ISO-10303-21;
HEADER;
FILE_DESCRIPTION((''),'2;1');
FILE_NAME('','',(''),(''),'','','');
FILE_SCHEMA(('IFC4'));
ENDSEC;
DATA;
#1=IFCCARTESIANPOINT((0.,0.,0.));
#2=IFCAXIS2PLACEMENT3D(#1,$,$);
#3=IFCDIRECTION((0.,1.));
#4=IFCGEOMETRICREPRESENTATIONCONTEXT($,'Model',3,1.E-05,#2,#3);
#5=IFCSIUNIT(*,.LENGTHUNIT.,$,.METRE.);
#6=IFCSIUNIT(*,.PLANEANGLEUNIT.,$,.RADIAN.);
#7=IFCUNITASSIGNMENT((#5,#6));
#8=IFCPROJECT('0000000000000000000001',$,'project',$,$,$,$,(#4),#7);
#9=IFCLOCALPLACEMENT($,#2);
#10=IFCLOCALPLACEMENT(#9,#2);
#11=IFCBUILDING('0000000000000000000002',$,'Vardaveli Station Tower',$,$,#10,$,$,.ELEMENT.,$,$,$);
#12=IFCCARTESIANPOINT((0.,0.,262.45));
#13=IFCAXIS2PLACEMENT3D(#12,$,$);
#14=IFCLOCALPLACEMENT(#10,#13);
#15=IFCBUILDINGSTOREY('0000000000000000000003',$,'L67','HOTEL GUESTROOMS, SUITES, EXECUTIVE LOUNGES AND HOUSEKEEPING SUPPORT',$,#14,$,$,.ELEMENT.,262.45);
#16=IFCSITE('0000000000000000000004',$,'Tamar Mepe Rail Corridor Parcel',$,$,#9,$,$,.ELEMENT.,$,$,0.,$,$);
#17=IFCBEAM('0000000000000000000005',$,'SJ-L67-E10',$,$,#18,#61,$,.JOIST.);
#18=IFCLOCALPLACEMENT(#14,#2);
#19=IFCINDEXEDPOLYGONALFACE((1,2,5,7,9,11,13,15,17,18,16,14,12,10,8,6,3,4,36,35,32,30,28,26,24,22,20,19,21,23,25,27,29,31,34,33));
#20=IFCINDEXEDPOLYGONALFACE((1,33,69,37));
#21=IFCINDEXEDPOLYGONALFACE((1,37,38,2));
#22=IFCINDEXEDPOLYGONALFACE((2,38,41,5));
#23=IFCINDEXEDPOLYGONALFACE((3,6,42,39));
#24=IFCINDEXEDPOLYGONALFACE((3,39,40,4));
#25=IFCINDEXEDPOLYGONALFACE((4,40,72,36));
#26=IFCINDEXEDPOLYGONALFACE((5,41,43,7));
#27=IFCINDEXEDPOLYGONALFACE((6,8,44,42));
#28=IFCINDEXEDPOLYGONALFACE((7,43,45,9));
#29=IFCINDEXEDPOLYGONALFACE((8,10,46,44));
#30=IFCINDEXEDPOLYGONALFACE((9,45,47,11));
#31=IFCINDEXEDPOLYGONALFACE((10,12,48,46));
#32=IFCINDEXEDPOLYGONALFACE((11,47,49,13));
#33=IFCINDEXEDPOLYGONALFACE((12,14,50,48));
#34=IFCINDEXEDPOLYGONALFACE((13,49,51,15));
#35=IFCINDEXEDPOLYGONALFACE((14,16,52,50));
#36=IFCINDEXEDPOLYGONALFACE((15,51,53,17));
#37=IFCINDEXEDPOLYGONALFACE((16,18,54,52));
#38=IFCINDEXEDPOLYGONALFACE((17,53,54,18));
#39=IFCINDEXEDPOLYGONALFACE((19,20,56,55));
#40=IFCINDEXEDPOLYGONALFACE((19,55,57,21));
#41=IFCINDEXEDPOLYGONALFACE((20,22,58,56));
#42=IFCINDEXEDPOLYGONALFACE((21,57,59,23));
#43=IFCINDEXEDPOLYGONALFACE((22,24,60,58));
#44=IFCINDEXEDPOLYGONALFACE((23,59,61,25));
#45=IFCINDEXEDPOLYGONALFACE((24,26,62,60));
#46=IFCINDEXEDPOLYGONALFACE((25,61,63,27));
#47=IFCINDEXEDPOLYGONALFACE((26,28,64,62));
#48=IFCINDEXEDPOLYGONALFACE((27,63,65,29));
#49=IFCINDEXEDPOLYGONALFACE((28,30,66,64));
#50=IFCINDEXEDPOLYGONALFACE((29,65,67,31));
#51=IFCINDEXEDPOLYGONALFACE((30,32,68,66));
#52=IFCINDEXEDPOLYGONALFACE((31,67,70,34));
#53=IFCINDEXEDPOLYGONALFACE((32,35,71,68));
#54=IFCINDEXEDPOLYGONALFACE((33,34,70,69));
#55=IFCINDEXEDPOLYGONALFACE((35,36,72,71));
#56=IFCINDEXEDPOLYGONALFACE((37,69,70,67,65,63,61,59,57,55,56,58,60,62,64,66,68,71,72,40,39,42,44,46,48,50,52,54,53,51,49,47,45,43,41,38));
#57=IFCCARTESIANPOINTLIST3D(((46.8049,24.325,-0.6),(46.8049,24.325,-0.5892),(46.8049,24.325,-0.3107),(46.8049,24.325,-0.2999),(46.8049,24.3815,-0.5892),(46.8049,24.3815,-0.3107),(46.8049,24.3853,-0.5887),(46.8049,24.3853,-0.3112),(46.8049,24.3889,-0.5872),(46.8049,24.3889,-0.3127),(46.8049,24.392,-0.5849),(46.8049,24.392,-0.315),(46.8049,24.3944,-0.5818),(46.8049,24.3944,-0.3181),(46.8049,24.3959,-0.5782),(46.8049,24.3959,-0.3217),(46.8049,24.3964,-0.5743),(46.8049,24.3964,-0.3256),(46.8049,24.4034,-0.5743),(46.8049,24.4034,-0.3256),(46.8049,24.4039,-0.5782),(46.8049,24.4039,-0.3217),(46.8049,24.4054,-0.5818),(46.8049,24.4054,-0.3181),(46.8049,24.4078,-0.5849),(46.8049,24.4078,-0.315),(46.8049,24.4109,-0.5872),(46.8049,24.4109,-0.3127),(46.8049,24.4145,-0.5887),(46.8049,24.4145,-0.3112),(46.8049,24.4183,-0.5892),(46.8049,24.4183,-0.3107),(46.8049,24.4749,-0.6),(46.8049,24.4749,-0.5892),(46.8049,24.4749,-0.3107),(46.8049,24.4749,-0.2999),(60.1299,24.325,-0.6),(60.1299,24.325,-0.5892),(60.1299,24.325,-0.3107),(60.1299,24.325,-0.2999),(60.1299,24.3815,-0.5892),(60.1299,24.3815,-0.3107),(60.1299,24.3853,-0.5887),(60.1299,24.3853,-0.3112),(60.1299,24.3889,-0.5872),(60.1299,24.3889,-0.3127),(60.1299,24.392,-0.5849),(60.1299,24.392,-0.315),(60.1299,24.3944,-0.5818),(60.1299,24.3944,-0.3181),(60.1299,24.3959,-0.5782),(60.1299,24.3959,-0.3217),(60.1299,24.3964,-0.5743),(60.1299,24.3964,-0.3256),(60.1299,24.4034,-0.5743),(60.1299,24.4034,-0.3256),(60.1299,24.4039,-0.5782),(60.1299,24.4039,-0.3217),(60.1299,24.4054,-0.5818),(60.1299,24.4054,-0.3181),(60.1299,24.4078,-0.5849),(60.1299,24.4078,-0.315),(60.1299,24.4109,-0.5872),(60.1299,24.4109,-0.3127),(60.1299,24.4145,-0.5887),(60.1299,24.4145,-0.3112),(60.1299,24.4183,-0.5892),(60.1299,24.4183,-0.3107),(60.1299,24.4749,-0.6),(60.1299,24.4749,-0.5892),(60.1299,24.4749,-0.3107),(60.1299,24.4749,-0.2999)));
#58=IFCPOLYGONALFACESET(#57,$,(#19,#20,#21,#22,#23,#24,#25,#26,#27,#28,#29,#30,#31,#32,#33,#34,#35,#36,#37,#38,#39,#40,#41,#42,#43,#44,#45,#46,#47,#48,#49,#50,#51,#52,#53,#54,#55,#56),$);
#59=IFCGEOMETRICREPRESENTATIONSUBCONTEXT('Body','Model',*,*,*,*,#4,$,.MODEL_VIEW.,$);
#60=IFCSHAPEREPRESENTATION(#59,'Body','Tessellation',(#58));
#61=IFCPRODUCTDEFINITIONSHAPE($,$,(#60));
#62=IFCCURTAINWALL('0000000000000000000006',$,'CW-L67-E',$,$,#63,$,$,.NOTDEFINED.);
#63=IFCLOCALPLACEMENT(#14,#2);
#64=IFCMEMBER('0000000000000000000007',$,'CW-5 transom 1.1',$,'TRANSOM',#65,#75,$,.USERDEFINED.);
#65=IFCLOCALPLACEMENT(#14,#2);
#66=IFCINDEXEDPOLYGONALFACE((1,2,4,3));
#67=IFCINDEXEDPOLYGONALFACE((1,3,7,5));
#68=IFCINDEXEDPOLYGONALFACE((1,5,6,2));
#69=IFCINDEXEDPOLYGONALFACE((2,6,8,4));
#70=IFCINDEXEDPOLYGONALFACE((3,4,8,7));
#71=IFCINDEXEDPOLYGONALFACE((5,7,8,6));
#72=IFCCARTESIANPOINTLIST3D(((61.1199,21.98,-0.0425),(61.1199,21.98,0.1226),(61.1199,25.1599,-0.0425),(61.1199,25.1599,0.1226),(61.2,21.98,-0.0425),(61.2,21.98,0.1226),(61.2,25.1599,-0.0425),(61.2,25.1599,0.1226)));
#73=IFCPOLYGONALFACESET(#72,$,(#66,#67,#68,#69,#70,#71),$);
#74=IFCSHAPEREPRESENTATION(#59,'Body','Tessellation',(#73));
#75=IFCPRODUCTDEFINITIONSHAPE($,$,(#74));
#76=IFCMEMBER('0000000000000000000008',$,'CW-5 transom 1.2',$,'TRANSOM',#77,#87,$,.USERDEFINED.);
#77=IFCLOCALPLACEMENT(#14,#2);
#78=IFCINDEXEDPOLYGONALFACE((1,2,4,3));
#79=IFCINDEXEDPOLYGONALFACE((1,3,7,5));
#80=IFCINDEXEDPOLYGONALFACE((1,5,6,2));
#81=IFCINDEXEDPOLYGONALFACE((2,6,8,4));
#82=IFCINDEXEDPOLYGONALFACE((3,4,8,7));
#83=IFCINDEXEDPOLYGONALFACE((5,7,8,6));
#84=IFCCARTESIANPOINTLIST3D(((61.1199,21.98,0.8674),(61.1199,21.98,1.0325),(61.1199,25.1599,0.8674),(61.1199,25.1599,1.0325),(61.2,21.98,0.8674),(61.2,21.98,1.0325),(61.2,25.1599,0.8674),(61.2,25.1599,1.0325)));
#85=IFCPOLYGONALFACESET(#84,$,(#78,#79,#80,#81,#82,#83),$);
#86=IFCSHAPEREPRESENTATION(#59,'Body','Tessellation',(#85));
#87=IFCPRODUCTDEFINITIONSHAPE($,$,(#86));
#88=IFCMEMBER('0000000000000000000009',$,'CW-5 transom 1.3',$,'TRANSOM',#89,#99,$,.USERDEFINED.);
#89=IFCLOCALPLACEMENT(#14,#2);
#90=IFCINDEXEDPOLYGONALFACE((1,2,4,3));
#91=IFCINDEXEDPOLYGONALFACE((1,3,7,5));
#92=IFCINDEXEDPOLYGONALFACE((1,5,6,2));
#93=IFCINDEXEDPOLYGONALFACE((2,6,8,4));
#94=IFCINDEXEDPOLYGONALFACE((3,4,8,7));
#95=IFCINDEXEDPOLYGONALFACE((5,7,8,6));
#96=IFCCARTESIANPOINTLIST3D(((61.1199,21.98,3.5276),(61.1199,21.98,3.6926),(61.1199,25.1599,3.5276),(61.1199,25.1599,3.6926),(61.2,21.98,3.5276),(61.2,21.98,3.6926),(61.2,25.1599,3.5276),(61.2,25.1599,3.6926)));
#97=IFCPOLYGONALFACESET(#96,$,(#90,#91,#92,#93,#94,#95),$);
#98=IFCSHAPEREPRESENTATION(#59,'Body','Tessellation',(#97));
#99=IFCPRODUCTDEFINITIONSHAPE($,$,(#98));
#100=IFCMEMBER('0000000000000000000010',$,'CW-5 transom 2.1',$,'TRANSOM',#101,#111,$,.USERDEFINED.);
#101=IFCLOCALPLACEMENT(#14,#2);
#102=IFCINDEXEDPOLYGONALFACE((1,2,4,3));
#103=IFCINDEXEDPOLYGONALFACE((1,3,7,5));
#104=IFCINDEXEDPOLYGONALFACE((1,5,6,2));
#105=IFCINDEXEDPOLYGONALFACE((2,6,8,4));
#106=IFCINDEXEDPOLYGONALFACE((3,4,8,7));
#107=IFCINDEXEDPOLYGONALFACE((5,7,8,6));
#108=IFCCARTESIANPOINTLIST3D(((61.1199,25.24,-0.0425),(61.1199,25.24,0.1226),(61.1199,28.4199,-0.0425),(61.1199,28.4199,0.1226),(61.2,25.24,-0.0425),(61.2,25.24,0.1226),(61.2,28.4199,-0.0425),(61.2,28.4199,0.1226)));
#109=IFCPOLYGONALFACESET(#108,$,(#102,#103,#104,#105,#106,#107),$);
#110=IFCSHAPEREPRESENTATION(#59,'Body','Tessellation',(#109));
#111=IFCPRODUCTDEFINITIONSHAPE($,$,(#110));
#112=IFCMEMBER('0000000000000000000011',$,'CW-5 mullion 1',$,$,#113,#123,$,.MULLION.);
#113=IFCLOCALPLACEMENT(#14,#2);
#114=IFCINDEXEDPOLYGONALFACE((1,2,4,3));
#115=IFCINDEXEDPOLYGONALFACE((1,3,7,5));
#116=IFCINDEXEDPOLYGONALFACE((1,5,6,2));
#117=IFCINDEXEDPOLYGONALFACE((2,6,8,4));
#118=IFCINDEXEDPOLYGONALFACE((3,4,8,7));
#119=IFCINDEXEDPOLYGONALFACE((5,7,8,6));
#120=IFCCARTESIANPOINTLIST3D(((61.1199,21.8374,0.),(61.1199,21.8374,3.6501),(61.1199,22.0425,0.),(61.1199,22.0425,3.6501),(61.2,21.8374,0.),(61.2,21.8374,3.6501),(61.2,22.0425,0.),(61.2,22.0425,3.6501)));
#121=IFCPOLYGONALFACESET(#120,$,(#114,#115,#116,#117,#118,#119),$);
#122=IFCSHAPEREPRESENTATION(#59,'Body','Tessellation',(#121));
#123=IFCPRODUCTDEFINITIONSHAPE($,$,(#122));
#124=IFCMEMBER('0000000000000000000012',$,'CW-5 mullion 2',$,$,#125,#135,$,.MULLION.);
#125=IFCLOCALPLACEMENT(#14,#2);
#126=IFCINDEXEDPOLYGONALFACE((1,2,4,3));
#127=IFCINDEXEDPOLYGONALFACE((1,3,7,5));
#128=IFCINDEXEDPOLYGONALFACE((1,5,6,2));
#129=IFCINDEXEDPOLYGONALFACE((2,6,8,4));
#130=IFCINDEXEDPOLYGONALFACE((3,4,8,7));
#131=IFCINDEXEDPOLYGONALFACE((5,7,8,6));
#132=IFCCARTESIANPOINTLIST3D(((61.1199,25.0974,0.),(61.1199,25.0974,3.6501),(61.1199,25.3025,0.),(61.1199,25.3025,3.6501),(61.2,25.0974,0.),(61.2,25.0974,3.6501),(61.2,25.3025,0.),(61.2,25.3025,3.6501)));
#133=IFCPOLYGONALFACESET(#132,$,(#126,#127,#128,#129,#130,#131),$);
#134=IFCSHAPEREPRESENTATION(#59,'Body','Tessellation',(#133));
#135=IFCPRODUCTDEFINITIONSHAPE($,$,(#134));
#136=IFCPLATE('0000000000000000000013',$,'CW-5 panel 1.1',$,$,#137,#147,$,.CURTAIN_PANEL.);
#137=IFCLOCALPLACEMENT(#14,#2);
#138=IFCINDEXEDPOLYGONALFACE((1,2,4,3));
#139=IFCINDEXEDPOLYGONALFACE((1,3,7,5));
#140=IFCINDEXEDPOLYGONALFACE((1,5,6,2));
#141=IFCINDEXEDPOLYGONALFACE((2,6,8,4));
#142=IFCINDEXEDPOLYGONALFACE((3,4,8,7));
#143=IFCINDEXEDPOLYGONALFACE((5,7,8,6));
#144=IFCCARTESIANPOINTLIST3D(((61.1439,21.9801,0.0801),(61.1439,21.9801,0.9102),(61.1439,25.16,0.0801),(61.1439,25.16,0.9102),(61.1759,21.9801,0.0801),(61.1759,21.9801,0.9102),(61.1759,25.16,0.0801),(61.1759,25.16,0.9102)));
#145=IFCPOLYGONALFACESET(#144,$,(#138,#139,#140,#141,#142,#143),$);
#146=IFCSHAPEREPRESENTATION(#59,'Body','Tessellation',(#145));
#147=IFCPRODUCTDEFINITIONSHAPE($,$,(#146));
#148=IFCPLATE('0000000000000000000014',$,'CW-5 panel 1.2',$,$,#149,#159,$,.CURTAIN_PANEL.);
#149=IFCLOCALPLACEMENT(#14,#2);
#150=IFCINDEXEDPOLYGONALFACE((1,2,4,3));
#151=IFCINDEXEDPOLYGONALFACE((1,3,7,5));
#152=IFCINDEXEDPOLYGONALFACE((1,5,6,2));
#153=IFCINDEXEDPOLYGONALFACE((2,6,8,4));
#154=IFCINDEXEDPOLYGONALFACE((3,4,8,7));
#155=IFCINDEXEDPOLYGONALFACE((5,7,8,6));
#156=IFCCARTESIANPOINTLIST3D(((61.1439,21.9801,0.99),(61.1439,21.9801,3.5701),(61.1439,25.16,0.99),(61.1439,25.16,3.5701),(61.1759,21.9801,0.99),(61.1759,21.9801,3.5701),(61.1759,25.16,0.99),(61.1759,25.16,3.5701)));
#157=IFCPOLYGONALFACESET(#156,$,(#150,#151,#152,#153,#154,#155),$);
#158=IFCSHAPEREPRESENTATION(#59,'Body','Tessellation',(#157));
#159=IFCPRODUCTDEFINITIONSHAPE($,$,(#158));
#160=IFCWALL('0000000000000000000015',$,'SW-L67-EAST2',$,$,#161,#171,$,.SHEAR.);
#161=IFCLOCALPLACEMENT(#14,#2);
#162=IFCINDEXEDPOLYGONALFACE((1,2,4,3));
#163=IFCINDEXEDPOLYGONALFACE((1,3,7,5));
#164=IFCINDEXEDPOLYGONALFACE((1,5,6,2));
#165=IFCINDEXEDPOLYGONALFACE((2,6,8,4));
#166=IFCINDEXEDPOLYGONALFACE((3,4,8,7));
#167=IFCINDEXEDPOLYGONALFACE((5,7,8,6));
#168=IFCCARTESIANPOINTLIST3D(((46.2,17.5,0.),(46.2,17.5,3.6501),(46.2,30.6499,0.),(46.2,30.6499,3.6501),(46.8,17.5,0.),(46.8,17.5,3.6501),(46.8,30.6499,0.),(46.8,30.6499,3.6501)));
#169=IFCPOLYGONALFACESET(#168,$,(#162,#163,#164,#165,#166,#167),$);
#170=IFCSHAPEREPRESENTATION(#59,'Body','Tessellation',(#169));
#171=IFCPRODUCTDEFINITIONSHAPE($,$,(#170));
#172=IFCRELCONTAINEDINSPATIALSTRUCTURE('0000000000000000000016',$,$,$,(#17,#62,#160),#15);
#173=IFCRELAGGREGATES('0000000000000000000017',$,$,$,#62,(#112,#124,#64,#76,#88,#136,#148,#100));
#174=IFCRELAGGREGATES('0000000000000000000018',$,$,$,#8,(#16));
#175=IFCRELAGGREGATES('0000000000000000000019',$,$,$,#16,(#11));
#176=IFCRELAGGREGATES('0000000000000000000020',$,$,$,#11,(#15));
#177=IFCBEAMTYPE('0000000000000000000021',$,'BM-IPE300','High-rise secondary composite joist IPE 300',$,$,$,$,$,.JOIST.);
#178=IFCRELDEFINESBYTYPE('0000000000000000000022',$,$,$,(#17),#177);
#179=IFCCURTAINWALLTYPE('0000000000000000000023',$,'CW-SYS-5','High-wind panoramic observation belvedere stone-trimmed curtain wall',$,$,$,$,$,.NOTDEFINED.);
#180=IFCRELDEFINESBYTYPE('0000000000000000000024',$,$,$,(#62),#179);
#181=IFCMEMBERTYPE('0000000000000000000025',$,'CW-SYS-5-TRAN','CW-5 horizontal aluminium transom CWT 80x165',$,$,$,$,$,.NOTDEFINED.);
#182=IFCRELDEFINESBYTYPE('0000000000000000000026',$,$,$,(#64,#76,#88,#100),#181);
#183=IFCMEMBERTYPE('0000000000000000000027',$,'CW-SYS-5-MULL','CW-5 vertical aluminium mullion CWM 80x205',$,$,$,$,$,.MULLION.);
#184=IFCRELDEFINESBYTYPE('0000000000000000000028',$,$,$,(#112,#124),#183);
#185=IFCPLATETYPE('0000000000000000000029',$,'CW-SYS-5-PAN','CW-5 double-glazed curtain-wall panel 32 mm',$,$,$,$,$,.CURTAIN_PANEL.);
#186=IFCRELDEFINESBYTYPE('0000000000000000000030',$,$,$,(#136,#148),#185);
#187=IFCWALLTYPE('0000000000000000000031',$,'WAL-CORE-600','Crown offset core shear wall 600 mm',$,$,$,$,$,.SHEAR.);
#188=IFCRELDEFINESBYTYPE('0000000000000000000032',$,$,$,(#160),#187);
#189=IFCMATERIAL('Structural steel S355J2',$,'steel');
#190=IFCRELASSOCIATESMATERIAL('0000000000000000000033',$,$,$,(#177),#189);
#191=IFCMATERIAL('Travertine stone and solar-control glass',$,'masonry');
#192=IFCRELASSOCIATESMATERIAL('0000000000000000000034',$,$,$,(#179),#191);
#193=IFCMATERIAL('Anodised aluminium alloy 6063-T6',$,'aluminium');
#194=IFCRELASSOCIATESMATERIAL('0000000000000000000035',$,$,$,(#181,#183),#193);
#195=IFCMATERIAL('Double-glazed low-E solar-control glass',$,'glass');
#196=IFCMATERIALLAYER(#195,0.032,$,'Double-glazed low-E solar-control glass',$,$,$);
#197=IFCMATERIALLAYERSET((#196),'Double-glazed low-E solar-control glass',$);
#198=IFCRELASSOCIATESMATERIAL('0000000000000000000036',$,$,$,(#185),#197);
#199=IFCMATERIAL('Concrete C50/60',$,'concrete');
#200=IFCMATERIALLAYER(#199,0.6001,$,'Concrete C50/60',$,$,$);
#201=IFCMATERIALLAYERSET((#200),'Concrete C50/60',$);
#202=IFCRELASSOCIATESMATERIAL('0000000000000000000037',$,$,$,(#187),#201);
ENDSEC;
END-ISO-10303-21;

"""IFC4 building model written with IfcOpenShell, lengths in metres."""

from ifc_helpers import new_model, si_unit, direction, frame, frame_2d, origin, origin_2d, place, context, subcontext, project, spatial, rectangle, i_section, extrude, source, transform, mapped, material, layer, layer_set, material_profile, profile_set, type_object, element, aggregate, save


model = new_model("IFC4")

# Units and contexts
model_context = context("Model", 3, precision=1e-05, world=origin(), true_north=direction((0.0, 1.0)))
body_context = subcontext(model_context, "Body", "Model", "MODEL_VIEW")
ifc_project = project(units=[si_unit("LENGTHUNIT", "METRE"), si_unit("PLANEANGLEUNIT", "RADIAN")], contexts=[model_context])

# Site, building, storey
site_placement = place(None, origin())
site = spatial("IfcSite", under=ifc_project, at=site_placement, Name="Tamar Mepe Rail Corridor Parcel", CompositionType="ELEMENT", RefElevation=0.0)
building_placement = place(site_placement, origin())
building = spatial("IfcBuilding", under=site, at=building_placement, Name="Vardaveli Station Tower", CompositionType="ELEMENT")
storey_placement = place(building_placement, frame((0.0, 0.0, 262.45)))
storey = spatial("IfcBuildingStorey", under=building, at=storey_placement, Name="L67", Description="HOTEL GUESTROOMS, SUITES, EXECUTIVE LOUNGES AND HOUSEKEEPING SUPPORT", CompositionType="ELEMENT", Elevation=262.45)

# Beam
ifc_material_1 = material(Name="Structural steel S355J2", Category="steel")
ifc_material_profile_1 = material_profile(ifc_material_1, i_section(OverallWidth=0.1499, OverallDepth=0.3, WebThickness=0.0071, FlangeThickness=0.0107, FilletRadius=0.0149, at=origin_2d()), Name="IPE 300")
ifc_profile_set_1 = profile_set([ifc_material_profile_1], Name="Structural steel S355J2")
beam_type_1 = type_object("IfcBeamType", Name="BM-IPE300", Description="High-rise secondary composite joist IPE 300", PredefinedType="JOIST", material=ifc_profile_set_1)
shared_shape_1 = source(origin(), body_context, "Body", "SweptSolid", [
    extrude(i_section(OverallWidth=0.1499, OverallDepth=0.3, WebThickness=0.0071, FlangeThickness=0.0107, FilletRadius=0.0149, at=origin_2d()), origin(), (0.0, 0.0, 1.0), 13.325),
])
for number, where, z_axis, x_axis, name in (
    (1, (46.8049, 24.3999, -0.45), (1.0, 0.0, 0.0), (0.0, 1.0, 0.0), "SJ-L67-E10"),
):
    element("IfcBeam", number, at=place(storey_placement, frame(where, z_axis=z_axis, x_axis=x_axis)), inside=storey, type_object=beam_type_1, Name=name, PredefinedType="JOIST", context=body_context, shape_type="MappedRepresentation", body=[
        mapped(shared_shape_1, transform((0.0, 0.0, 0.0), scale=1.0)),
    ])

# Curtain wall, members, plates
ifc_material_2 = material(Name="Travertine stone and solar-control glass", Category="masonry")
curtain_wall_type = type_object("IfcCurtainWallType", Name="CW-SYS-5", Description="High-wind panoramic observation belvedere stone-trimmed curtain wall", PredefinedType="NOTDEFINED", material=ifc_material_2)
curtain_wall_placement = place(storey_placement, origin())
curtain_wall = element("IfcCurtainWall", 2, at=curtain_wall_placement, inside=storey, type_object=curtain_wall_type, Name="CW-L67-E", PredefinedType="NOTDEFINED")
ifc_material_3 = material(Name="Anodised aluminium alloy 6063-T6", Category="aluminium")
ifc_material_profile_2 = material_profile(ifc_material_3, rectangle(XDim=0.0801, YDim=0.165, at=origin_2d()), Name="CWT 80x165")
ifc_profile_set_2 = profile_set([ifc_material_profile_2], Name="Anodised aluminium alloy 6063-T6")
member_type_1 = type_object("IfcMemberType", Name="CW-SYS-5-TRAN", Description="CW-5 horizontal aluminium transom CWT 80x165", PredefinedType="NOTDEFINED", material=ifc_profile_set_2)
shared_shape_2 = source(origin(), body_context, "Body", "SweptSolid", [
    extrude(rectangle(XDim=0.0801, YDim=0.165, at=origin_2d()), origin(), (0.0, 0.0, 1.0), 3.1799),
])
member_1_placement = place(storey_placement, frame((61.1599, 21.98, 0.04), z_axis=(0.0, 1.0, 0.0), x_axis=(-1.0, 0.0, 0.0)))
member_1 = element("IfcMember", 3, at=member_1_placement, type_object=member_type_1, Name="CW-5 transom 1.1", ObjectType="TRANSOM", PredefinedType="USERDEFINED", context=body_context, shape_type="MappedRepresentation", body=[
    mapped(shared_shape_2, transform((0.0, 0.0, 0.0), scale=1.0)),
])
member_2_placement = place(storey_placement, frame((61.1599, 21.98, 0.95), z_axis=(0.0, 1.0, 0.0), x_axis=(-1.0, 0.0, 0.0)))
member_2 = element("IfcMember", 4, at=member_2_placement, type_object=member_type_1, Name="CW-5 transom 1.2", ObjectType="TRANSOM", PredefinedType="USERDEFINED", context=body_context, shape_type="MappedRepresentation", body=[
    mapped(shared_shape_2, transform((0.0, 0.0, 0.0), scale=1.0)),
])
member_3_placement = place(storey_placement, frame((61.1599, 21.98, 3.6101), z_axis=(0.0, 1.0, 0.0), x_axis=(-1.0, 0.0, 0.0)))
member_3 = element("IfcMember", 5, at=member_3_placement, type_object=member_type_1, Name="CW-5 transom 1.3", ObjectType="TRANSOM", PredefinedType="USERDEFINED", context=body_context, shape_type="MappedRepresentation", body=[
    mapped(shared_shape_2, transform((0.0, 0.0, 0.0), scale=1.0)),
])
member_4_placement = place(storey_placement, frame((61.1599, 25.24, 0.04), z_axis=(0.0, 1.0, 0.0), x_axis=(-1.0, 0.0, 0.0)))
member_4 = element("IfcMember", 6, at=member_4_placement, type_object=member_type_1, Name="CW-5 transom 2.1", ObjectType="TRANSOM", PredefinedType="USERDEFINED", context=body_context, shape_type="MappedRepresentation", body=[
    mapped(shared_shape_2, transform((0.0, 0.0, 0.0), scale=1.0)),
])
ifc_material_profile_3 = material_profile(ifc_material_3, rectangle(XDim=0.0801, YDim=0.2051, at=origin_2d()), Name="CWM 80x205")
ifc_profile_set_3 = profile_set([ifc_material_profile_3], Name="Anodised aluminium alloy 6063-T6")
member_type_2 = type_object("IfcMemberType", Name="CW-SYS-5-MULL", Description="CW-5 vertical aluminium mullion CWM 80x205", PredefinedType="MULLION", material=ifc_profile_set_3)
shared_shape_3 = source(origin(), body_context, "Body", "SweptSolid", [
    extrude(rectangle(XDim=0.0801, YDim=0.2051, at=origin_2d()), origin(), (0.0, 0.0, 1.0), 3.6501),
])
member_5_placement = place(storey_placement, frame((61.1599, 21.9399, 0.0), z_axis=(0.0, 0.0, 1.0), x_axis=(-1.0, 0.0, 0.0)))
member_5 = element("IfcMember", 7, at=member_5_placement, type_object=member_type_2, Name="CW-5 mullion 1", PredefinedType="MULLION", context=body_context, shape_type="MappedRepresentation", body=[
    mapped(shared_shape_3, transform((0.0, 0.0, 0.0), scale=1.0)),
])
member_6_placement = place(storey_placement, frame((61.1599, 25.2, 0.0), z_axis=(0.0, 0.0, 1.0), x_axis=(-1.0, 0.0, 0.0)))
member_6 = element("IfcMember", 8, at=member_6_placement, type_object=member_type_2, Name="CW-5 mullion 2", PredefinedType="MULLION", context=body_context, shape_type="MappedRepresentation", body=[
    mapped(shared_shape_3, transform((0.0, 0.0, 0.0), scale=1.0)),
])
ifc_material_4 = material(Name="Double-glazed low-E solar-control glass", Category="glass")
ifc_layer_1 = layer(ifc_material_4, 0.032, Name="Double-glazed low-E solar-control glass")
ifc_layer_set_1 = layer_set([ifc_layer_1], Name="Double-glazed low-E solar-control glass")
plate_type = type_object("IfcPlateType", Name="CW-SYS-5-PAN", Description="CW-5 double-glazed curtain-wall panel 32 mm", PredefinedType="CURTAIN_PANEL", material=ifc_layer_set_1)
shared_shape_4 = source(origin(), body_context, "Body", "SweptSolid", [
    extrude(rectangle(XDim=3.1799, YDim=0.032, at=origin_2d()), origin(), (0.0, 0.0, 1.0), 0.8301),
])
plate_1_placement = place(storey_placement, frame((61.1599, 23.5701, 0.0801), z_axis=(0.0, 0.0, 1.0), x_axis=(0.0, 1.0, 0.0)))
plate_1 = element("IfcPlate", 9, at=plate_1_placement, type_object=plate_type, Name="CW-5 panel 1.1", PredefinedType="CURTAIN_PANEL", context=body_context, shape_type="MappedRepresentation", body=[
    mapped(shared_shape_4, transform((0.0, 0.0, 0.0), scale=1.0)),
])
shared_shape_5 = source(origin(), body_context, "Body", "SweptSolid", [
    extrude(rectangle(XDim=3.1799, YDim=0.032, at=origin_2d()), origin(), (0.0, 0.0, 1.0), 2.5801),
])
plate_2_placement = place(storey_placement, frame((61.1599, 23.5701, 0.99), z_axis=(0.0, 0.0, 1.0), x_axis=(0.0, 1.0, 0.0)))
plate_2 = element("IfcPlate", 10, at=plate_2_placement, type_object=plate_type, Name="CW-5 panel 1.2", PredefinedType="CURTAIN_PANEL", context=body_context, shape_type="MappedRepresentation", body=[
    mapped(shared_shape_5, transform((0.0, 0.0, 0.0), scale=1.0)),
])
aggregate(curtain_wall, [member_5, member_6, member_1, member_2, member_3, plate_1, plate_2, member_4])

# Wall
ifc_material_5 = material(Name="Concrete C50/60", Category="concrete")
ifc_layer_2 = layer(ifc_material_5, 0.6001, Name="Concrete C50/60")
ifc_layer_set_2 = layer_set([ifc_layer_2], Name="Concrete C50/60")
wall_type_1 = type_object("IfcWallType", Name="WAL-CORE-600", Description="Crown offset core shear wall 600 mm", PredefinedType="SHEAR", material=ifc_layer_set_2)
shared_shape_6 = source(origin(), body_context, "Body", "SweptSolid", [
    extrude(rectangle(XDim=13.1499, YDim=0.6001, at=frame_2d((6.575, 0.0))), origin(), (0.0, 0.0, 1.0), 3.6501),
])
wall_1_placement = place(storey_placement, frame((46.5, 17.5, 0.0), z_axis=(0.0, 0.0, 1.0), x_axis=(0.0, 1.0, 0.0)))
element("IfcWall", 11, at=wall_1_placement, inside=storey, type_object=wall_type_1, Name="SW-L67-EAST2", PredefinedType="SHEAR", context=body_context, shape_type="MappedRepresentation", body=[
    mapped(shared_shape_6, transform((0.0, 0.0, 0.0), scale=1.0)),
])

save(model, "model.ifc")
